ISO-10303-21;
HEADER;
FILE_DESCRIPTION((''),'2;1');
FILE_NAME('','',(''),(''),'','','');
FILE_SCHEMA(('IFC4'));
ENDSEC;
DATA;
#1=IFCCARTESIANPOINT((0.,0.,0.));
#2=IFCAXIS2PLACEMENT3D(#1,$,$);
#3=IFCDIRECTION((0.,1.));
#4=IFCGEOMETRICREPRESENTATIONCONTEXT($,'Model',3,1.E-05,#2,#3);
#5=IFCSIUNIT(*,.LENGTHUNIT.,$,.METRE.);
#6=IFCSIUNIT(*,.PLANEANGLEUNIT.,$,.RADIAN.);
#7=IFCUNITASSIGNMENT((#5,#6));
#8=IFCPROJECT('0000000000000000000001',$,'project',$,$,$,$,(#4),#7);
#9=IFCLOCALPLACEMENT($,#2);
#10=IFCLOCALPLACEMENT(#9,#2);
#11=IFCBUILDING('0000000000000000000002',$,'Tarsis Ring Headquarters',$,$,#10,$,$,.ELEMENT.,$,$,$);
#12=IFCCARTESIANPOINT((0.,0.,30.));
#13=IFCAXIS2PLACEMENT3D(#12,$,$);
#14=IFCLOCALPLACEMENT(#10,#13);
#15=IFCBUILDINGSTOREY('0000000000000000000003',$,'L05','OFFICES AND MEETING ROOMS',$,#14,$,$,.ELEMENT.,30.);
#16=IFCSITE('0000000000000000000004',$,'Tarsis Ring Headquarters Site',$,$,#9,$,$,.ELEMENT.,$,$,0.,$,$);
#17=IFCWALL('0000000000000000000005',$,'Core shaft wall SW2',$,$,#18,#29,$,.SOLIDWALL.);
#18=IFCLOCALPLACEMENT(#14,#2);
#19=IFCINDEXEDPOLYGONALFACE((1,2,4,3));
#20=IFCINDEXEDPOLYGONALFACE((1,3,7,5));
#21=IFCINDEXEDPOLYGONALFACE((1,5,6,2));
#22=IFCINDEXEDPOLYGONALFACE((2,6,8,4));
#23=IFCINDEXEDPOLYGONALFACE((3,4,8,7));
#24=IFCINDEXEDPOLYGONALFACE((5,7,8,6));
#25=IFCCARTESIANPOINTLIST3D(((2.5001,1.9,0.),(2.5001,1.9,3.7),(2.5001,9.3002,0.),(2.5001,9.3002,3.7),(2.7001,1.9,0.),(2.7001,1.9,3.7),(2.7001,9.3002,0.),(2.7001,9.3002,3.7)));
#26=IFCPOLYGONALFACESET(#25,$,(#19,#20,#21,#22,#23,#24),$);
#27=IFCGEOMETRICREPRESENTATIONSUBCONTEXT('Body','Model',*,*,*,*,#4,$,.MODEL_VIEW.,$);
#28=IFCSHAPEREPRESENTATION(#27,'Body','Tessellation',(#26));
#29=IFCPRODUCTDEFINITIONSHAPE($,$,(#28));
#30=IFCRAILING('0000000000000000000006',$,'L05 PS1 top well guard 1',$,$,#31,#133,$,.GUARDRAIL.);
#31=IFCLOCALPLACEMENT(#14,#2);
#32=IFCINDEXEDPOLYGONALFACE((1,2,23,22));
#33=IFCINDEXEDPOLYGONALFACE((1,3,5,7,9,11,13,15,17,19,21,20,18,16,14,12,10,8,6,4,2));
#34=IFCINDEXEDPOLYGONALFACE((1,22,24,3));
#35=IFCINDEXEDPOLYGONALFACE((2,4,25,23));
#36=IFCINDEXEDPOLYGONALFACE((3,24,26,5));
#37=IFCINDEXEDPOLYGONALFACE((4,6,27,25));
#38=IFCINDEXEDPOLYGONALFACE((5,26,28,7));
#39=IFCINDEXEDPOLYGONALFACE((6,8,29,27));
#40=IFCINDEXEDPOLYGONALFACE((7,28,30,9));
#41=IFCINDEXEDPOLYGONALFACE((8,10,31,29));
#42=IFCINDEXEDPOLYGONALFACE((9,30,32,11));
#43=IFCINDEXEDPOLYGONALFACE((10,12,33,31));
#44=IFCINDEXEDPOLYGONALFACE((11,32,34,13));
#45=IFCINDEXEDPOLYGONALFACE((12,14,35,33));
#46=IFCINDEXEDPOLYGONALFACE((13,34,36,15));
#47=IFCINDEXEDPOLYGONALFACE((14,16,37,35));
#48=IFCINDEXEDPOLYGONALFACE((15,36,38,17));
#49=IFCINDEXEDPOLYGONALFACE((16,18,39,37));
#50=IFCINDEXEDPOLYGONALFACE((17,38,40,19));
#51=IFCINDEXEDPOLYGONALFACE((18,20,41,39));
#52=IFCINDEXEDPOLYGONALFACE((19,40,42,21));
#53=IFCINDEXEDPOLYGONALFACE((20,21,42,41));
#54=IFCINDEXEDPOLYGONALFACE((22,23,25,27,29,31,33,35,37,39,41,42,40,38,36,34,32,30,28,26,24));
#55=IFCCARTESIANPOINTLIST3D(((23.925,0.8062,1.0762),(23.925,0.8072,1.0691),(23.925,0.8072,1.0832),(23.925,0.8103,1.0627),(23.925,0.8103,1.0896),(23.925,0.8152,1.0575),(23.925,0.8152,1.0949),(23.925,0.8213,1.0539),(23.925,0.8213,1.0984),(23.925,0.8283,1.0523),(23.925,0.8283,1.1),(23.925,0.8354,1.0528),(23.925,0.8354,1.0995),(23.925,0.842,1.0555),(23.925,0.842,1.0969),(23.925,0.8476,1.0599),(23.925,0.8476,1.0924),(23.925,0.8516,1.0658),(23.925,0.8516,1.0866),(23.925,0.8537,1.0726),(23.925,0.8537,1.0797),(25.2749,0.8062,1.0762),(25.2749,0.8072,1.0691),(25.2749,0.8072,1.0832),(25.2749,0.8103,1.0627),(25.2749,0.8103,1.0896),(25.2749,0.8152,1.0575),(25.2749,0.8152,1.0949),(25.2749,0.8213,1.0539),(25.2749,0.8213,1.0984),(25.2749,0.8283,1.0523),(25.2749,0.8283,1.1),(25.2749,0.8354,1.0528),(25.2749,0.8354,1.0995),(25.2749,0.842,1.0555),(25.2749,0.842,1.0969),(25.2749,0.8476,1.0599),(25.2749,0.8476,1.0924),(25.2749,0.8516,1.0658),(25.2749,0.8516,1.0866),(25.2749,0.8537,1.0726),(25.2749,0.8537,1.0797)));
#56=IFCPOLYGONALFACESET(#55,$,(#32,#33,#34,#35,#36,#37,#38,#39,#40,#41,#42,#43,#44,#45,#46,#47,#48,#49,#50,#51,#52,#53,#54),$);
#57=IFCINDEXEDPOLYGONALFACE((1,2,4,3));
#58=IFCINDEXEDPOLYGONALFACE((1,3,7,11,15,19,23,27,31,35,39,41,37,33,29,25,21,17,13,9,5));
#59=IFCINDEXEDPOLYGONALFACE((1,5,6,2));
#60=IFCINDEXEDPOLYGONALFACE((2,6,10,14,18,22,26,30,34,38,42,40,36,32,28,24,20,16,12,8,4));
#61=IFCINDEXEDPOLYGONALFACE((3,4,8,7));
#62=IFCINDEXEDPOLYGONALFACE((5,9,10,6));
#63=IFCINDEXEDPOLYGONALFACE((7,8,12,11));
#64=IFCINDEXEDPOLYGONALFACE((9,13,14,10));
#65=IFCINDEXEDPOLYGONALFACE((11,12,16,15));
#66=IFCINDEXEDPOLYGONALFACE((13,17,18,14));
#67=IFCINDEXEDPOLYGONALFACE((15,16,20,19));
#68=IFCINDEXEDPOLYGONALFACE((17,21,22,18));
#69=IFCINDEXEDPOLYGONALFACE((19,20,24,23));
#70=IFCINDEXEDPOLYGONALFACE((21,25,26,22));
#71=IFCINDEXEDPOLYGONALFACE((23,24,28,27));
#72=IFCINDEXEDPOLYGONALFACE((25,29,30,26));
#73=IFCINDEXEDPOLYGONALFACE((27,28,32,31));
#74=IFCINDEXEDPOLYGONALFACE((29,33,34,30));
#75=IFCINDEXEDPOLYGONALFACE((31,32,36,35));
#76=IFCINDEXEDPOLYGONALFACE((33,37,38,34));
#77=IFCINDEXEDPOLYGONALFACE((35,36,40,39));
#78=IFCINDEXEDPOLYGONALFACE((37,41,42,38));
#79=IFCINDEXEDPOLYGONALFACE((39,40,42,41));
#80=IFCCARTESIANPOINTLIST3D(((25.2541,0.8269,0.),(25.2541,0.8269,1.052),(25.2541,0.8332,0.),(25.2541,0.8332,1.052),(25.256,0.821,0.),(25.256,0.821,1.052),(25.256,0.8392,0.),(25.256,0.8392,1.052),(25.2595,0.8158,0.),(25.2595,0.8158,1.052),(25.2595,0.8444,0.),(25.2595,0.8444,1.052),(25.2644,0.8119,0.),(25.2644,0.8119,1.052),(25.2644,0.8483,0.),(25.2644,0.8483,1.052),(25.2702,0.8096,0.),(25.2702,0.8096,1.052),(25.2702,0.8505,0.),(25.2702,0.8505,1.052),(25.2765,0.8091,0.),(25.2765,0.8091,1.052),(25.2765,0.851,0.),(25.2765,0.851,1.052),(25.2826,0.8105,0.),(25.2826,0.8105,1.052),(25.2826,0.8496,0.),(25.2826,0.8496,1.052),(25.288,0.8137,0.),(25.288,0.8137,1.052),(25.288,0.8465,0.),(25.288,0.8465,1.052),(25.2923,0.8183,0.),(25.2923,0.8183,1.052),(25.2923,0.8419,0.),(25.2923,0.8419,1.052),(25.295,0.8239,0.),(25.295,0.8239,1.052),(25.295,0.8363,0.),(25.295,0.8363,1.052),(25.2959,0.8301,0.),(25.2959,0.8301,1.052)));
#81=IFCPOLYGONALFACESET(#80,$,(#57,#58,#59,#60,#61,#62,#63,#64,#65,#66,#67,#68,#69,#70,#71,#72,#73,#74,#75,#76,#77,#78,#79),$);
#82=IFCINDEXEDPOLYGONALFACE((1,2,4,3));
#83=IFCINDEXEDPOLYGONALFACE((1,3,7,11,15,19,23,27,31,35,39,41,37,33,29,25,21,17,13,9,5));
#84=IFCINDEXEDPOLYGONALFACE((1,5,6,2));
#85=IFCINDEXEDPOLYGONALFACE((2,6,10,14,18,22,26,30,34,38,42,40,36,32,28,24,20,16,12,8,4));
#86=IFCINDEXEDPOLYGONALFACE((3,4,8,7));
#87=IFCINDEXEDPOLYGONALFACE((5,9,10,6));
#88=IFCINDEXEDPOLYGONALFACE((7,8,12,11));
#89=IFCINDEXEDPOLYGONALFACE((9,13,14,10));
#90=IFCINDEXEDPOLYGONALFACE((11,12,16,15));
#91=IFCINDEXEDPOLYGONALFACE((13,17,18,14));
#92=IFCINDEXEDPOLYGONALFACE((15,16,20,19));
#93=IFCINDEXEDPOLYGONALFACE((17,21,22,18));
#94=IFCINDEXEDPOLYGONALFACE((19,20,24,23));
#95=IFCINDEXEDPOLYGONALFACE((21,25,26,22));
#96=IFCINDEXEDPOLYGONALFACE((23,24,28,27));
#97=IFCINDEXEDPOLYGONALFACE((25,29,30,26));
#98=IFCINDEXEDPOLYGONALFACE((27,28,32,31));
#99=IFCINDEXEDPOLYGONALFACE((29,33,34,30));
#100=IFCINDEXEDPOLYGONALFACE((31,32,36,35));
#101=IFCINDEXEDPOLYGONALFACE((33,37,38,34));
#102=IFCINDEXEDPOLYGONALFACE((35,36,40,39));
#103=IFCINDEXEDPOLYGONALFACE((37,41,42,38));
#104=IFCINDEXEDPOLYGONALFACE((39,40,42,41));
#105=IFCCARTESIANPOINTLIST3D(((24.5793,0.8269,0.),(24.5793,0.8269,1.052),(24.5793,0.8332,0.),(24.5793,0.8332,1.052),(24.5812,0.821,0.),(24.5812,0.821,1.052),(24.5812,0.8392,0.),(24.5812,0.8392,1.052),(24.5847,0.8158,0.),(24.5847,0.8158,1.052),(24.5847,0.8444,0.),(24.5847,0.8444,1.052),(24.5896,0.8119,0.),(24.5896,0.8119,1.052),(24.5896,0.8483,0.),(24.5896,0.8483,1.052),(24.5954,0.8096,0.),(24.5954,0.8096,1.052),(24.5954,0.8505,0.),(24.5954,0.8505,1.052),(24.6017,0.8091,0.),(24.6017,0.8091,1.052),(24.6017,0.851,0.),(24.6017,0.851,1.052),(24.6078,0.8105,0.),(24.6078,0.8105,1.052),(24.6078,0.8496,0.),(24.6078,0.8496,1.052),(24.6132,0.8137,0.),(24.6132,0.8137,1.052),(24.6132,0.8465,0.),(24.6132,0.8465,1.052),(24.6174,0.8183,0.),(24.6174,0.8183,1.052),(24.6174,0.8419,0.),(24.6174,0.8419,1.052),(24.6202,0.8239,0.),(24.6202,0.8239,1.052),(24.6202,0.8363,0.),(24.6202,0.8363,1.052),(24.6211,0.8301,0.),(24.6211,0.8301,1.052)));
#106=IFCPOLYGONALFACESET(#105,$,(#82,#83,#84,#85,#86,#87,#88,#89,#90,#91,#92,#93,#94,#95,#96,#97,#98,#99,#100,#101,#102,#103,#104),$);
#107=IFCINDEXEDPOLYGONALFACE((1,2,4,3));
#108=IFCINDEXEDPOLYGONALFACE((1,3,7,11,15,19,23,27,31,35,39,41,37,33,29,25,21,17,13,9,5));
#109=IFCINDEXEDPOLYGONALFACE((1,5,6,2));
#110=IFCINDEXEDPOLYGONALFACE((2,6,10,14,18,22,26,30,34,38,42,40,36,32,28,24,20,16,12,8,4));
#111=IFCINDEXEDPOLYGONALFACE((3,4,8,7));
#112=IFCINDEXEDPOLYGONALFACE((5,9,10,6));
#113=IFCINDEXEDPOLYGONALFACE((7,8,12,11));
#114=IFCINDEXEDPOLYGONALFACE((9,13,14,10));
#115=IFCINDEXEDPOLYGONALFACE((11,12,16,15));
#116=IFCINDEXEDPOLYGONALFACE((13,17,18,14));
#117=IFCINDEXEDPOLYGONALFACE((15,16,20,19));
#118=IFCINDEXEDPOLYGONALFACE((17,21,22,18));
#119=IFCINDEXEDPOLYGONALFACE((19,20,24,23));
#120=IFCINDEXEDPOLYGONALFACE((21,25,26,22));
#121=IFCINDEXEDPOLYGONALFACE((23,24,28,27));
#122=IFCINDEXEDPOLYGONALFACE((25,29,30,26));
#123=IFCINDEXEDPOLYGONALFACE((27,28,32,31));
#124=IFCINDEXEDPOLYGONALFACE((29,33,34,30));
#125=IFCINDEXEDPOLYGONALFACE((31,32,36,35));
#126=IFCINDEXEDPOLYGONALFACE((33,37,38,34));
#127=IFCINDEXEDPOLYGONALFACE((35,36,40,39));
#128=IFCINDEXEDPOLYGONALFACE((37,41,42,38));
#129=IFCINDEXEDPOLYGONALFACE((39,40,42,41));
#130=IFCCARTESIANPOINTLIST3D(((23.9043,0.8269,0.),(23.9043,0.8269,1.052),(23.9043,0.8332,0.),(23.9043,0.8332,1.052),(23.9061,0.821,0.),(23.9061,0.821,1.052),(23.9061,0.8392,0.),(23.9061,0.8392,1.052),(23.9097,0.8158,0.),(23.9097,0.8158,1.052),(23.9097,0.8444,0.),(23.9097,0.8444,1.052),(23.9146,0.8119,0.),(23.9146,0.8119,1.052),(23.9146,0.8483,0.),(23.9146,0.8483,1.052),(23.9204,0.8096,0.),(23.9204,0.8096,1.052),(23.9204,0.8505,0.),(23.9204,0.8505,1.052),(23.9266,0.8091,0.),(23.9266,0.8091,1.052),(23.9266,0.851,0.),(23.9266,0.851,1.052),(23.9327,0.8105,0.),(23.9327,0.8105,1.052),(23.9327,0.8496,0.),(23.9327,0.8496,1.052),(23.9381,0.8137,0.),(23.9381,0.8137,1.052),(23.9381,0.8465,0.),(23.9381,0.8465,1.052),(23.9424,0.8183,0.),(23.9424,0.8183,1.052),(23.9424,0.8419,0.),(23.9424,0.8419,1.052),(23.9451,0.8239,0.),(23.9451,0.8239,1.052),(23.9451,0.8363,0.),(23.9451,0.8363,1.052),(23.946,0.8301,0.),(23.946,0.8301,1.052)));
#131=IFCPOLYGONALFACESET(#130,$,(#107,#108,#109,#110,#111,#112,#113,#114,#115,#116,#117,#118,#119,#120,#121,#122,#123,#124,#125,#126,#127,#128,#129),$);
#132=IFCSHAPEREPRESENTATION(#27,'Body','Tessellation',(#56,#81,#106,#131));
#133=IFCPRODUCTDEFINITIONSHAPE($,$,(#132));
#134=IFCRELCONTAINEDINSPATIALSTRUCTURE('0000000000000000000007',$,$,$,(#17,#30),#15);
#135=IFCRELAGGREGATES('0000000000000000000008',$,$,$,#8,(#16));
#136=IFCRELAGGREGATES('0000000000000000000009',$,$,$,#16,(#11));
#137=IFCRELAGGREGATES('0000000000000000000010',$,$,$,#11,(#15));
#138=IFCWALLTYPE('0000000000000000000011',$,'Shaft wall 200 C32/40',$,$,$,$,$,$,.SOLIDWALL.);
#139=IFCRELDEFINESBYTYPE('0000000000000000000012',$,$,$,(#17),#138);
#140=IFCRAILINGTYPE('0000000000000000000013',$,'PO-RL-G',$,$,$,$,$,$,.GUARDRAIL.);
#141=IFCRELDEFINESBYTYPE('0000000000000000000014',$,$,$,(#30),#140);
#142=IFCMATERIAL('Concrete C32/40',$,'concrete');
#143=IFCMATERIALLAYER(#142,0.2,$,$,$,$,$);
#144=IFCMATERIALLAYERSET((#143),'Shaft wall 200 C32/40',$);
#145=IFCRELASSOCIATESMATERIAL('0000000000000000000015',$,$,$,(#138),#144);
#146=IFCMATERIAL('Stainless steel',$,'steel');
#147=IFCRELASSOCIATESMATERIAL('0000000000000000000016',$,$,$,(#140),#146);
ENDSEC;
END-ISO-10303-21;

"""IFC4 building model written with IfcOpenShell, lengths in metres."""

from ifc_helpers import new_model, si_unit, direction, frame, frame_2d, origin, origin_2d, place, context, subcontext, project, spatial, rectangle, circle, extrude, material, layer, layer_set, type_object, element, save


model = new_model("IFC4")

# Units and contexts
model_context = context("Model", 3, precision=1e-05, world=origin(), true_north=direction((0.0, 1.0)))
body_context = subcontext(model_context, "Body", "Model", "MODEL_VIEW")
ifc_project = project(units=[si_unit("LENGTHUNIT", "METRE"), si_unit("PLANEANGLEUNIT", "RADIAN")], contexts=[model_context])

# Site, building, storey
site_placement = place(None, origin())
site = spatial("IfcSite", under=ifc_project, at=site_placement, Name="Tarsis Ring Headquarters Site", CompositionType="ELEMENT", RefElevation=0.0)
building_placement = place(site_placement, origin())
building = spatial("IfcBuilding", under=site, at=building_placement, Name="Tarsis Ring Headquarters", CompositionType="ELEMENT")
storey_placement = place(building_placement, frame((0.0, 0.0, 30.0)))
storey = spatial("IfcBuildingStorey", under=building, at=storey_placement, Name="L05", Description="OFFICES AND MEETING ROOMS", CompositionType="ELEMENT", Elevation=30.0)

# Wall
ifc_material_1 = material(Name="Concrete C32/40", Category="concrete")
ifc_layer_1 = layer(ifc_material_1, 0.2)
ifc_layer_set_1 = layer_set([ifc_layer_1], Name="Shaft wall 200 C32/40")
wall_type_1 = type_object("IfcWallType", Name="Shaft wall 200 C32/40", PredefinedType="SOLIDWALL", material=ifc_layer_set_1)
wall_1_placement = place(storey_placement, frame((2.6001, 1.8999, 0.0), z_axis=(0.0, 0.0, 1.0), x_axis=(0.0, 1.0, 0.0)))
element("IfcWall", 1, at=wall_1_placement, inside=storey, type_object=wall_type_1, Name="Core shaft wall SW2", PredefinedType="SOLIDWALL", context=body_context, shape_type="SweptSolid", body=[
    extrude(rectangle(XDim=7.4001, YDim=0.2, at=frame_2d((3.7002, 0.0))), origin(), (0.0, 0.0, 1.0), 3.7),
])

# Railing
ifc_material_2 = material(Name="Stainless steel", Category="steel")
railing_type_1 = type_object("IfcRailingType", Name="PO-RL-G", PredefinedType="GUARDRAIL", material=ifc_material_2)
railing_1_placement = place(storey_placement, frame((25.2749, 0.8301, 0.0)))
element("IfcRailing", 2, at=railing_1_placement, inside=storey, type_object=railing_type_1, Name="L05 PS1 top well guard 1", PredefinedType="GUARDRAIL", context=body_context, shape_type="SweptSolid", body=[
    extrude(circle(Radius=0.0239, at=origin_2d()), frame((0.0, 0.0, 1.0762), z_axis=(-1.0, 0.0, 0.0), x_axis=(0.0, -1.0, 0.0)), (0.0, 0.0, 1.0), 1.3499),
    extrude(circle(Radius=0.021, at=origin_2d()), origin(), (0.0, 0.0, 1.0), 1.052),
    extrude(circle(Radius=0.021, at=origin_2d()), frame((-0.6748, 0.0, 0.0)), (0.0, 0.0, 1.0), 1.052),
    extrude(circle(Radius=0.021, at=origin_2d()), frame((-1.3499, 0.0, 0.0)), (0.0, 0.0, 1.0), 1.052),
])

save(model, "model.ifc")
